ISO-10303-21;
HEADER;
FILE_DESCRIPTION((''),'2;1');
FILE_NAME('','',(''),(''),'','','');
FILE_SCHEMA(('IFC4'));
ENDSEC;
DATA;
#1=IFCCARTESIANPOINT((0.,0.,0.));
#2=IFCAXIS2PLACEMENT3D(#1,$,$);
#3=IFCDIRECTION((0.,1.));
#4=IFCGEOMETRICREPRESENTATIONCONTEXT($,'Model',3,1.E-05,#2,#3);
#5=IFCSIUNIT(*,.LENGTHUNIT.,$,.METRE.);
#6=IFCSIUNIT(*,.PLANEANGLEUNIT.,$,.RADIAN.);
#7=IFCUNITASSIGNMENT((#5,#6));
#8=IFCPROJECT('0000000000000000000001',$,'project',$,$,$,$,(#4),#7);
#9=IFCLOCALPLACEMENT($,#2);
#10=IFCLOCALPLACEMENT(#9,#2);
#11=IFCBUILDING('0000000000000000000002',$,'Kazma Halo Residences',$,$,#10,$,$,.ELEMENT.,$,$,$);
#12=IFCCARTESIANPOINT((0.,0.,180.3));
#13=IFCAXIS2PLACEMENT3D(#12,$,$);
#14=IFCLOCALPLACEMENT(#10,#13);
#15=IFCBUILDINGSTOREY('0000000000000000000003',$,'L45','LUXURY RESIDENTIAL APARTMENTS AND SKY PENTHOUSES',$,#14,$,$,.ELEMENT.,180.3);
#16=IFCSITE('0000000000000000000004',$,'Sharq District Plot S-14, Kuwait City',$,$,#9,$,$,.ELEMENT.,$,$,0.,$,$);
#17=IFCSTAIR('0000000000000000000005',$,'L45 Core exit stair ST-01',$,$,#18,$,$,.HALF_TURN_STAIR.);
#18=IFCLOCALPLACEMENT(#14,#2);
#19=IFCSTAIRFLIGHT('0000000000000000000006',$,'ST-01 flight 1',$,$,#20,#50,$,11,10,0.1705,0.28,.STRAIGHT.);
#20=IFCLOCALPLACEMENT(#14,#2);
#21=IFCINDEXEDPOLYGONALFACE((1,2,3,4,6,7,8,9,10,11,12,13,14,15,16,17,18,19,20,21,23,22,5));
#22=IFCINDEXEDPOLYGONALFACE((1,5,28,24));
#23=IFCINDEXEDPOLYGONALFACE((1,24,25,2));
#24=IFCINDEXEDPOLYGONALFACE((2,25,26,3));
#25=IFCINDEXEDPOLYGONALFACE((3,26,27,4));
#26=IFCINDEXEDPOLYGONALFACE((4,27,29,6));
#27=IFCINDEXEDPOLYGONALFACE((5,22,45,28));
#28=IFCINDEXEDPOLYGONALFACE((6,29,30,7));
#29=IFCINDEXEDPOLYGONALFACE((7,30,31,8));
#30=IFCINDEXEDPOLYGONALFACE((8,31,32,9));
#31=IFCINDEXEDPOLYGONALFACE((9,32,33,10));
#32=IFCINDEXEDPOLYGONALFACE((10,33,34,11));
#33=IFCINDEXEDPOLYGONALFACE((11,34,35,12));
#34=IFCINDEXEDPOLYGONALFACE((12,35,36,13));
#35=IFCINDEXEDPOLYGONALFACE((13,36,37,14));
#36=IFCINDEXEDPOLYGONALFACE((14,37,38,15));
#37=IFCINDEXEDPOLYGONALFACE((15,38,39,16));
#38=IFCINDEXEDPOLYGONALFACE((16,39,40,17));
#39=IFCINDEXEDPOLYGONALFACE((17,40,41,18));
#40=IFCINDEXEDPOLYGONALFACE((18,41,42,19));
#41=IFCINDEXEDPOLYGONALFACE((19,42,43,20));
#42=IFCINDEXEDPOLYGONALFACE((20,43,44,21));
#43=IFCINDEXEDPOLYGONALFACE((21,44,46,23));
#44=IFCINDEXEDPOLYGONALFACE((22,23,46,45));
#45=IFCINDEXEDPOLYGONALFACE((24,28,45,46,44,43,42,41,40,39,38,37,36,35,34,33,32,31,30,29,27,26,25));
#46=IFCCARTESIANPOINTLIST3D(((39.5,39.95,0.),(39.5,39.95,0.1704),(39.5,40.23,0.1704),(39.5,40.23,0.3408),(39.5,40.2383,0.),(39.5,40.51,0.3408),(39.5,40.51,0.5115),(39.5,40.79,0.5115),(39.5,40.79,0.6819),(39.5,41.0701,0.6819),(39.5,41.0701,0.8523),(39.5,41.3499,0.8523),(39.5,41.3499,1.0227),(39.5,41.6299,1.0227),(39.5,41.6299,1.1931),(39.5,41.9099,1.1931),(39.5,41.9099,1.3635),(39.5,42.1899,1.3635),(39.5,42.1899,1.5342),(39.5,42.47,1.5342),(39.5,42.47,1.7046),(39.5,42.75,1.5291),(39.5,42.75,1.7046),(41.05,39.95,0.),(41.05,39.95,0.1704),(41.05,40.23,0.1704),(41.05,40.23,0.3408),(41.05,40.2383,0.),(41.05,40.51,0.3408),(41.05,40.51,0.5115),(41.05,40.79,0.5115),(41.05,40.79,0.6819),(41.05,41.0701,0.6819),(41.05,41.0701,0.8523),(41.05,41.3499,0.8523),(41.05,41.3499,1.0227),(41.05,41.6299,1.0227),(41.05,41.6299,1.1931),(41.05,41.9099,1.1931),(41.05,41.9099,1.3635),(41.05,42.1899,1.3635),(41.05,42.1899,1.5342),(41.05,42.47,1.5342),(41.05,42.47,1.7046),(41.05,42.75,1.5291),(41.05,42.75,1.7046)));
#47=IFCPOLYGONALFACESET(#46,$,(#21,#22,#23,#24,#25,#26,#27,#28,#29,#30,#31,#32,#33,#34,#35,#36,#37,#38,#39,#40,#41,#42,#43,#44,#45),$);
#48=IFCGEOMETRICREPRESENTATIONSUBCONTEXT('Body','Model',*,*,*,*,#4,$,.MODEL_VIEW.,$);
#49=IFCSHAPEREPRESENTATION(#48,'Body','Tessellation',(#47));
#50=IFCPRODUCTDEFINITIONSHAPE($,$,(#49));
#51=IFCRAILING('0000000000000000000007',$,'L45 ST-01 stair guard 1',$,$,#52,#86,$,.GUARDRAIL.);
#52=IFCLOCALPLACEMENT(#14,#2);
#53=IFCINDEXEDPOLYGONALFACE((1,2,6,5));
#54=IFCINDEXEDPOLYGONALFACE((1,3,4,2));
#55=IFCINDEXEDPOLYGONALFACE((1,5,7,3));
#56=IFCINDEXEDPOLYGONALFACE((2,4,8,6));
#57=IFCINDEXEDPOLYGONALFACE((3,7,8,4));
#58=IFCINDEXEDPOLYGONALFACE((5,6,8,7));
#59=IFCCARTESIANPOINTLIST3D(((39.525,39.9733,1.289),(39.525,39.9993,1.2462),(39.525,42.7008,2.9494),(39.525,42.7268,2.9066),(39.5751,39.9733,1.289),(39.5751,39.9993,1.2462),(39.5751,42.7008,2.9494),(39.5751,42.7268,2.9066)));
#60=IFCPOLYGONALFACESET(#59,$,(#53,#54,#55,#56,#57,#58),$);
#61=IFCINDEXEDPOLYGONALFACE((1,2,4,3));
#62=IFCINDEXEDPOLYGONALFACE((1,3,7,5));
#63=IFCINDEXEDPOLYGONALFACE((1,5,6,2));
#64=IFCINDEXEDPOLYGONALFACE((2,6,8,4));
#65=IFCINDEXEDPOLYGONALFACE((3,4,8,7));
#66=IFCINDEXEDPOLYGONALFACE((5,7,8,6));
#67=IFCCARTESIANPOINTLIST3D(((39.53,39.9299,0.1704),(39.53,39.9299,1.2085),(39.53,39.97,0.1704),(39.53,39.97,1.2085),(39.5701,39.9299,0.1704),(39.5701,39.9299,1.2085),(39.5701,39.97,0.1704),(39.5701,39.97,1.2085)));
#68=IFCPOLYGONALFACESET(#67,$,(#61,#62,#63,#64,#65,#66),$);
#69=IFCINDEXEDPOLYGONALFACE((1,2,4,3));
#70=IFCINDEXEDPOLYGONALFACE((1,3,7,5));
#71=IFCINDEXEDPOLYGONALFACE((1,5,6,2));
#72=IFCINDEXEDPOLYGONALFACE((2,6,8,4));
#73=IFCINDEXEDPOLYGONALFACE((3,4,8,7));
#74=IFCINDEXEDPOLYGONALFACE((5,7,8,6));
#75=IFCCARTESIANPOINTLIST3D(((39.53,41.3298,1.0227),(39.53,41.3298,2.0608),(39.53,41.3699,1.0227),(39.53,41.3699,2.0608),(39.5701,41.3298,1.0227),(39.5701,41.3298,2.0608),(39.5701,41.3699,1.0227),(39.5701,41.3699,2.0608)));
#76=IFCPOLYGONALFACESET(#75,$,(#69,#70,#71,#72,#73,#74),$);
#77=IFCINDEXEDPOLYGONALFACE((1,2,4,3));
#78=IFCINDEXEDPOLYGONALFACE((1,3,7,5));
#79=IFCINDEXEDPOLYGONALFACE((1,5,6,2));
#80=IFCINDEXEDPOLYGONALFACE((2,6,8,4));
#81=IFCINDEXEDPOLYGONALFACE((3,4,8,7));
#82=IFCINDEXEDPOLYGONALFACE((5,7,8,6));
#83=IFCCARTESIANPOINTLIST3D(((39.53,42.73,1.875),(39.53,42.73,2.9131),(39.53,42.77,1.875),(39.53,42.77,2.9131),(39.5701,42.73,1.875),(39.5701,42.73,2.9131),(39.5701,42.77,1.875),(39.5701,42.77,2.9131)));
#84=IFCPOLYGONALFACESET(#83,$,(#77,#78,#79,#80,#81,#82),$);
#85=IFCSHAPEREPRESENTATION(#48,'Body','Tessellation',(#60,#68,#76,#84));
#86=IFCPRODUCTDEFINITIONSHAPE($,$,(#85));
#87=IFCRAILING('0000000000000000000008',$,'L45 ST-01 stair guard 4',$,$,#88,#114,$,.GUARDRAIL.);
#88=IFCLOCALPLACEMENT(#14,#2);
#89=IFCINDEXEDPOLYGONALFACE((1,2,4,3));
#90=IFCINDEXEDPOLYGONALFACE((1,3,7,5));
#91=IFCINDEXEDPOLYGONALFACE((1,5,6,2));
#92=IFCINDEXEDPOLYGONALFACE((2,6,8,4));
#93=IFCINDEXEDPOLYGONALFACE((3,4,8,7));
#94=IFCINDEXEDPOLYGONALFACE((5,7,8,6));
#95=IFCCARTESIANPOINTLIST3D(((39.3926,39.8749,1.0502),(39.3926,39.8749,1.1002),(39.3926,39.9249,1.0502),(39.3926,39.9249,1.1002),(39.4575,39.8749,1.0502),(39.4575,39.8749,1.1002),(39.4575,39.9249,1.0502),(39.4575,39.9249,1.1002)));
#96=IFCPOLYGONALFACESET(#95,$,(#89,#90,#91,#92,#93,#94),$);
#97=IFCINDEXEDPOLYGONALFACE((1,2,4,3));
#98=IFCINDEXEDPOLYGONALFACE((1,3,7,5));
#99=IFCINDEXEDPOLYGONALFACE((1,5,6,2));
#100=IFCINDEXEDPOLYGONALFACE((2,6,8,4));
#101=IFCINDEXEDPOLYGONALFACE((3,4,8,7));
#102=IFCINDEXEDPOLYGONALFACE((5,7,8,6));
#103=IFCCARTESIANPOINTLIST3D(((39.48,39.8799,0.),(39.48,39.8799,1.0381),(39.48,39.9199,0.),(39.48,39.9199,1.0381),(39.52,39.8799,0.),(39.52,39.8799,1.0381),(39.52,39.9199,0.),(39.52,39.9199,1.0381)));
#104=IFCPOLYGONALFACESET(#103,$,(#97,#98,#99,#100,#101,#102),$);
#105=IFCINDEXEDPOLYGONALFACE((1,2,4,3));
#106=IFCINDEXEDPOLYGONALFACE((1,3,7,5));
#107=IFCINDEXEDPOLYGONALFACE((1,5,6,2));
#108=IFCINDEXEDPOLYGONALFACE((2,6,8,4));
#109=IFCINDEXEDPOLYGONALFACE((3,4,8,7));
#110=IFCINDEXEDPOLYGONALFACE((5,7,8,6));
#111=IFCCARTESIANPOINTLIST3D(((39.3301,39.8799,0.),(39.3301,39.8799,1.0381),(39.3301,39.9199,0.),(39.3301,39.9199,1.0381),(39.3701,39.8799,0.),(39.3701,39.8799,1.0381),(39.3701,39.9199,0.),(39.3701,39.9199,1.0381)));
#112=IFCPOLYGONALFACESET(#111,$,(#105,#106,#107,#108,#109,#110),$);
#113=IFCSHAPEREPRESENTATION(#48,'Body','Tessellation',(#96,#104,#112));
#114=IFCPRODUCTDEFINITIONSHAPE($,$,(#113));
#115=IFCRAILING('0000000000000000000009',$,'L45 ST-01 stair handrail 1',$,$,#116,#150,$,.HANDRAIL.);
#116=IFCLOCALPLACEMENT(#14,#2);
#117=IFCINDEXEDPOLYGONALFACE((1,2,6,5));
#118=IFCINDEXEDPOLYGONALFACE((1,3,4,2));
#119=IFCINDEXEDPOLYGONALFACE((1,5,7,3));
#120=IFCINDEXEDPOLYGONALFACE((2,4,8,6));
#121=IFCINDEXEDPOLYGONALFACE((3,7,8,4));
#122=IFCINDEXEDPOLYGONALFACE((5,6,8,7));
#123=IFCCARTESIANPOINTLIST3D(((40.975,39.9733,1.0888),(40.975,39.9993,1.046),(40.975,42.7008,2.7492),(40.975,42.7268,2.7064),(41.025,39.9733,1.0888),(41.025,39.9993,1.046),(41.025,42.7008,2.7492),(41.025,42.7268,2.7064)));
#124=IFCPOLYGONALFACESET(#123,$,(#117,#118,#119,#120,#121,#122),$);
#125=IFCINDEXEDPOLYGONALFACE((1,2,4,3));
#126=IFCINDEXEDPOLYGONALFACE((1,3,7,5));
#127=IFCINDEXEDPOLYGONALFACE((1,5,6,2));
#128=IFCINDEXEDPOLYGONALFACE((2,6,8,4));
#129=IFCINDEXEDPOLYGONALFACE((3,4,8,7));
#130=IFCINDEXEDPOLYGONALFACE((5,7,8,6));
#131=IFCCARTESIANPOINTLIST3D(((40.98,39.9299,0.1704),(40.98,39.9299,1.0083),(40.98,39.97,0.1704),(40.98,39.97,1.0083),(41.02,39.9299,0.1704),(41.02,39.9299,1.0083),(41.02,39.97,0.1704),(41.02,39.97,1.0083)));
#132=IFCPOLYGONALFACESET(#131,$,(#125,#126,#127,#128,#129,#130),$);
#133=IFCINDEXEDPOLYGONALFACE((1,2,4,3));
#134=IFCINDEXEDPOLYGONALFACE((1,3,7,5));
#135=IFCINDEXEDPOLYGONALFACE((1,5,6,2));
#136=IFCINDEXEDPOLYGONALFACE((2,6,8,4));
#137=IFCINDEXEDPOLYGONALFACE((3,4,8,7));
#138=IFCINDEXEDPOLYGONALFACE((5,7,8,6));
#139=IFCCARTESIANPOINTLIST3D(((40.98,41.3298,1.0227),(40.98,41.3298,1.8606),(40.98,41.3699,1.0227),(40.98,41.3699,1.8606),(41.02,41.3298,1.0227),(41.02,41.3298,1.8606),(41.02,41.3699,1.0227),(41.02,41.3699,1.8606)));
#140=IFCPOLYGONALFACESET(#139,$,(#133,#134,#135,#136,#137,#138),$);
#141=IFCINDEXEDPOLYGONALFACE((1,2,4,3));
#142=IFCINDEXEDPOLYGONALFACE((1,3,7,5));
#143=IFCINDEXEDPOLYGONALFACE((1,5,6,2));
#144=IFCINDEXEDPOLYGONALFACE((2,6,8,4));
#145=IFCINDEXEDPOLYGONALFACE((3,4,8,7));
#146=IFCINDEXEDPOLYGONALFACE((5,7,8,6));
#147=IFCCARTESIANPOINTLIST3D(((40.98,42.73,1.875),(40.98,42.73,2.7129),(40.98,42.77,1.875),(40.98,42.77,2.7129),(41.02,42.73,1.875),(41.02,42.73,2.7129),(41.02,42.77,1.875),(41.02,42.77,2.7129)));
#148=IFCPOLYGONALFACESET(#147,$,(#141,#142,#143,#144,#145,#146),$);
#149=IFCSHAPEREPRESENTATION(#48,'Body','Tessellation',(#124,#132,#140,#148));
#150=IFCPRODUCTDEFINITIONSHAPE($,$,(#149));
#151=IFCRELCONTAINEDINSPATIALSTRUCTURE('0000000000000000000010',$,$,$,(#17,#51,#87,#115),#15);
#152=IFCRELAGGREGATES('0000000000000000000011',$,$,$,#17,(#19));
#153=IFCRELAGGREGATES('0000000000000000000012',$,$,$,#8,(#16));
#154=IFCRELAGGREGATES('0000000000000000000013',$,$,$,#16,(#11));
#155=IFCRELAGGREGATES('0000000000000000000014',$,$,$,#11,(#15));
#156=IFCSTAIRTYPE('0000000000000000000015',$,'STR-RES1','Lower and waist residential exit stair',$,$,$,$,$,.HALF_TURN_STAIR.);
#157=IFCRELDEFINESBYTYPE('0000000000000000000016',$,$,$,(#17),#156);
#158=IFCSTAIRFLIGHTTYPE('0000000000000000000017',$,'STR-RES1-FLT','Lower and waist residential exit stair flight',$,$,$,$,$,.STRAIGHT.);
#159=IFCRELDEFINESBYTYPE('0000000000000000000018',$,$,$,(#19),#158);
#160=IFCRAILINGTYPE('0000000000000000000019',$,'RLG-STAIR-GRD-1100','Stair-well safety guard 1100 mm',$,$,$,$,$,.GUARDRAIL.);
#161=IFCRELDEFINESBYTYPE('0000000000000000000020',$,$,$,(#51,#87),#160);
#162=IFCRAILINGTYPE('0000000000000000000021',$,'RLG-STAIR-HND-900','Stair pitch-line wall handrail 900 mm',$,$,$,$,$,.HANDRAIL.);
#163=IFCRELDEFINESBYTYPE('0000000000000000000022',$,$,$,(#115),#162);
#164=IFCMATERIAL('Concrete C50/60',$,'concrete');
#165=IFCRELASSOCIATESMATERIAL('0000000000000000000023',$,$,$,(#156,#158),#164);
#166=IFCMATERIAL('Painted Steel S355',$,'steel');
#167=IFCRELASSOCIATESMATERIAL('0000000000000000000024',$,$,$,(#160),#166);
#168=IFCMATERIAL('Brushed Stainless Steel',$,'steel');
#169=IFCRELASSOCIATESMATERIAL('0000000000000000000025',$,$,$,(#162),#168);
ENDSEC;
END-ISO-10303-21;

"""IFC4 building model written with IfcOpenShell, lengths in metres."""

from ifc_helpers import new_model, si_unit, direction, frame, origin, origin_2d, place, context, subcontext, project, spatial, polyline, rectangle, outline, extrude, material, type_object, element, aggregate, save


model = new_model("IFC4")

# Units and contexts
model_context = context("Model", 3, precision=1e-05, world=origin(), true_north=direction((0.0, 1.0)))
body_context = subcontext(model_context, "Body", "Model", "MODEL_VIEW")
ifc_project = project(units=[si_unit("LENGTHUNIT", "METRE"), si_unit("PLANEANGLEUNIT", "RADIAN")], contexts=[model_context])

# Site, building, storey
site_placement = place(None, origin())
site = spatial("IfcSite", under=ifc_project, at=site_placement, Name="Sharq District Plot S-14, Kuwait City", CompositionType="ELEMENT", RefElevation=0.0)
building_placement = place(site_placement, origin())
building = spatial("IfcBuilding", under=site, at=building_placement, Name="Kazma Halo Residences", CompositionType="ELEMENT")
storey_placement = place(building_placement, frame((0.0, 0.0, 180.3)))
storey = spatial("IfcBuildingStorey", under=building, at=storey_placement, Name="L45", Description="LUXURY RESIDENTIAL APARTMENTS AND SKY PENTHOUSES", CompositionType="ELEMENT", Elevation=180.3)

# Shared definitions
ifc_material_1 = material(Name="Concrete C50/60", Category="concrete")

# Stair, stair flight
stair_type = type_object("IfcStairType", Name="STR-RES1", Description="Lower and waist residential exit stair", PredefinedType="HALF_TURN_STAIR", material=ifc_material_1)
stair_placement = place(storey_placement, origin())
stair = element("IfcStair", 1, at=stair_placement, inside=storey, type_object=stair_type, Name="L45 Core exit stair ST-01", PredefinedType="HALF_TURN_STAIR")
stair_flight_type = type_object("IfcStairFlightType", Name="STR-RES1-FLT", Description="Lower and waist residential exit stair flight", PredefinedType="STRAIGHT", material=ifc_material_1)
stair_flight_placement = place(storey_placement, frame((40.2749, 39.95, 0.0), z_axis=(0.0, 0.0, 1.0), x_axis=(0.0, 1.0, 0.0)))
stair_flight = element("IfcStairFlight", 2, at=stair_flight_placement, type_object=stair_flight_type, Name="ST-01 flight 1", NumberOfRisers=11, NumberOfTreads=10, PredefinedType="STRAIGHT", RiserHeight=0.1705, TreadLength=0.28, context=body_context, shape_type="SweptSolid", body=[
    extrude(outline(polyline([(0.0, 0.0), (0.0, 0.1704), (0.28, 0.1704), (0.28, 0.3408), (0.5601, 0.3408), (0.5601, 0.5115), (0.8401, 0.5115), (0.8401, 0.6819), (1.1201, 0.6819), (1.1201, 0.8523), (1.3999, 0.8523), (1.3999, 1.0227), (1.6799, 1.0227), (1.6799, 1.1931), (1.96, 1.1931), (1.96, 1.3635), (2.24, 1.3635), (2.24, 1.5342), (2.52, 1.5342), (2.52, 1.7046), (2.8, 1.7046), (2.8, 1.875), (2.8, 1.5291), (0.2883, 0.0), (0.0, 0.0)])), frame((0.0, 0.7749, 0.0), z_axis=(0.0, -1.0, 0.0), x_axis=(1.0, 0.0, 0.0)), (0.0, 0.0, 1.0), 1.55),
])
aggregate(stair, [stair_flight])

# Railings
ifc_material_2 = material(Name="Painted Steel S355", Category="steel")
railing_type_1 = type_object("IfcRailingType", Name="RLG-STAIR-GRD-1100", Description="Stair-well safety guard 1100 mm", PredefinedType="GUARDRAIL", material=ifc_material_2)
railing_1_placement = place(storey_placement, frame((39.55, 39.95, 0.1704)))
element("IfcRailing", 3, at=railing_1_placement, inside=storey, type_object=railing_type_1, Name="L45 ST-01 stair guard 1", PredefinedType="GUARDRAIL", context=body_context, shape_type="SweptSolid", body=[
    extrude(rectangle(XDim=0.05, YDim=0.05, at=origin_2d()), frame((0.0, 0.0364, 1.0972), z_axis=(0.0, 0.85417, 0.519994), x_axis=(-1.0, 0.0, 0.0)), (0.0, 0.0, 1.0), 3.1931),
    extrude(rectangle(XDim=0.04, YDim=0.04, at=origin_2d()), origin(), (0.0, 0.0, 1.0), 1.0381),
    extrude(rectangle(XDim=0.04, YDim=0.04, at=origin_2d()), frame((0.0, 1.3999, 0.8523)), (0.0, 0.0, 1.0), 1.0381),
    extrude(rectangle(XDim=0.04, YDim=0.04, at=origin_2d()), frame((0.0, 2.8, 1.7046)), (0.0, 0.0, 1.0), 1.0381),
])
railing_2_placement = place(storey_placement, frame((39.5, 39.8999, 0.0)))
element("IfcRailing", 4, at=railing_2_placement, inside=storey, type_object=railing_type_1, Name="L45 ST-01 stair guard 4", PredefinedType="GUARDRAIL", context=body_context, shape_type="SweptSolid", body=[
    extrude(rectangle(XDim=0.05, YDim=0.05, at=origin_2d()), frame((-0.0425, 0.0, 1.0752), z_axis=(-1.0, 0.0, 0.0), x_axis=(0.0, -1.0, 0.0)), (0.0, 0.0, 1.0), 0.0649),
    extrude(rectangle(XDim=0.04, YDim=0.04, at=origin_2d()), origin(), (0.0, 0.0, 1.0), 1.0381),
    extrude(rectangle(XDim=0.04, YDim=0.04, at=origin_2d()), frame((-0.1499, 0.0, 0.0)), (0.0, 0.0, 1.0), 1.0381),
])
ifc_material_3 = material(Name="Brushed Stainless Steel", Category="steel")
railing_type_2 = type_object("IfcRailingType", Name="RLG-STAIR-HND-900", Description="Stair pitch-line wall handrail 900 mm", PredefinedType="HANDRAIL", material=ifc_material_3)
railing_3_placement = place(storey_placement, frame((41.0, 39.95, 0.1704)))
element("IfcRailing", 5, at=railing_3_placement, inside=storey, type_object=railing_type_2, Name="L45 ST-01 stair handrail 1", PredefinedType="HANDRAIL", context=body_context, shape_type="SweptSolid", body=[
    extrude(rectangle(XDim=0.05, YDim=0.05, at=origin_2d()), frame((0.0, 0.0364, 0.897), z_axis=(0.0, 0.85417, 0.519994), x_axis=(-1.0, 0.0, 0.0)), (0.0, 0.0, 1.0), 3.1931),
    extrude(rectangle(XDim=0.04, YDim=0.04, at=origin_2d()), origin(), (0.0, 0.0, 1.0), 0.8379),
    extrude(rectangle(XDim=0.04, YDim=0.04, at=origin_2d()), frame((0.0, 1.3999, 0.8523)), (0.0, 0.0, 1.0), 0.8379),
    extrude(rectangle(XDim=0.04, YDim=0.04, at=origin_2d()), frame((0.0, 2.8, 1.7046)), (0.0, 0.0, 1.0), 0.8379),
])

save(model, "model.ifc")
